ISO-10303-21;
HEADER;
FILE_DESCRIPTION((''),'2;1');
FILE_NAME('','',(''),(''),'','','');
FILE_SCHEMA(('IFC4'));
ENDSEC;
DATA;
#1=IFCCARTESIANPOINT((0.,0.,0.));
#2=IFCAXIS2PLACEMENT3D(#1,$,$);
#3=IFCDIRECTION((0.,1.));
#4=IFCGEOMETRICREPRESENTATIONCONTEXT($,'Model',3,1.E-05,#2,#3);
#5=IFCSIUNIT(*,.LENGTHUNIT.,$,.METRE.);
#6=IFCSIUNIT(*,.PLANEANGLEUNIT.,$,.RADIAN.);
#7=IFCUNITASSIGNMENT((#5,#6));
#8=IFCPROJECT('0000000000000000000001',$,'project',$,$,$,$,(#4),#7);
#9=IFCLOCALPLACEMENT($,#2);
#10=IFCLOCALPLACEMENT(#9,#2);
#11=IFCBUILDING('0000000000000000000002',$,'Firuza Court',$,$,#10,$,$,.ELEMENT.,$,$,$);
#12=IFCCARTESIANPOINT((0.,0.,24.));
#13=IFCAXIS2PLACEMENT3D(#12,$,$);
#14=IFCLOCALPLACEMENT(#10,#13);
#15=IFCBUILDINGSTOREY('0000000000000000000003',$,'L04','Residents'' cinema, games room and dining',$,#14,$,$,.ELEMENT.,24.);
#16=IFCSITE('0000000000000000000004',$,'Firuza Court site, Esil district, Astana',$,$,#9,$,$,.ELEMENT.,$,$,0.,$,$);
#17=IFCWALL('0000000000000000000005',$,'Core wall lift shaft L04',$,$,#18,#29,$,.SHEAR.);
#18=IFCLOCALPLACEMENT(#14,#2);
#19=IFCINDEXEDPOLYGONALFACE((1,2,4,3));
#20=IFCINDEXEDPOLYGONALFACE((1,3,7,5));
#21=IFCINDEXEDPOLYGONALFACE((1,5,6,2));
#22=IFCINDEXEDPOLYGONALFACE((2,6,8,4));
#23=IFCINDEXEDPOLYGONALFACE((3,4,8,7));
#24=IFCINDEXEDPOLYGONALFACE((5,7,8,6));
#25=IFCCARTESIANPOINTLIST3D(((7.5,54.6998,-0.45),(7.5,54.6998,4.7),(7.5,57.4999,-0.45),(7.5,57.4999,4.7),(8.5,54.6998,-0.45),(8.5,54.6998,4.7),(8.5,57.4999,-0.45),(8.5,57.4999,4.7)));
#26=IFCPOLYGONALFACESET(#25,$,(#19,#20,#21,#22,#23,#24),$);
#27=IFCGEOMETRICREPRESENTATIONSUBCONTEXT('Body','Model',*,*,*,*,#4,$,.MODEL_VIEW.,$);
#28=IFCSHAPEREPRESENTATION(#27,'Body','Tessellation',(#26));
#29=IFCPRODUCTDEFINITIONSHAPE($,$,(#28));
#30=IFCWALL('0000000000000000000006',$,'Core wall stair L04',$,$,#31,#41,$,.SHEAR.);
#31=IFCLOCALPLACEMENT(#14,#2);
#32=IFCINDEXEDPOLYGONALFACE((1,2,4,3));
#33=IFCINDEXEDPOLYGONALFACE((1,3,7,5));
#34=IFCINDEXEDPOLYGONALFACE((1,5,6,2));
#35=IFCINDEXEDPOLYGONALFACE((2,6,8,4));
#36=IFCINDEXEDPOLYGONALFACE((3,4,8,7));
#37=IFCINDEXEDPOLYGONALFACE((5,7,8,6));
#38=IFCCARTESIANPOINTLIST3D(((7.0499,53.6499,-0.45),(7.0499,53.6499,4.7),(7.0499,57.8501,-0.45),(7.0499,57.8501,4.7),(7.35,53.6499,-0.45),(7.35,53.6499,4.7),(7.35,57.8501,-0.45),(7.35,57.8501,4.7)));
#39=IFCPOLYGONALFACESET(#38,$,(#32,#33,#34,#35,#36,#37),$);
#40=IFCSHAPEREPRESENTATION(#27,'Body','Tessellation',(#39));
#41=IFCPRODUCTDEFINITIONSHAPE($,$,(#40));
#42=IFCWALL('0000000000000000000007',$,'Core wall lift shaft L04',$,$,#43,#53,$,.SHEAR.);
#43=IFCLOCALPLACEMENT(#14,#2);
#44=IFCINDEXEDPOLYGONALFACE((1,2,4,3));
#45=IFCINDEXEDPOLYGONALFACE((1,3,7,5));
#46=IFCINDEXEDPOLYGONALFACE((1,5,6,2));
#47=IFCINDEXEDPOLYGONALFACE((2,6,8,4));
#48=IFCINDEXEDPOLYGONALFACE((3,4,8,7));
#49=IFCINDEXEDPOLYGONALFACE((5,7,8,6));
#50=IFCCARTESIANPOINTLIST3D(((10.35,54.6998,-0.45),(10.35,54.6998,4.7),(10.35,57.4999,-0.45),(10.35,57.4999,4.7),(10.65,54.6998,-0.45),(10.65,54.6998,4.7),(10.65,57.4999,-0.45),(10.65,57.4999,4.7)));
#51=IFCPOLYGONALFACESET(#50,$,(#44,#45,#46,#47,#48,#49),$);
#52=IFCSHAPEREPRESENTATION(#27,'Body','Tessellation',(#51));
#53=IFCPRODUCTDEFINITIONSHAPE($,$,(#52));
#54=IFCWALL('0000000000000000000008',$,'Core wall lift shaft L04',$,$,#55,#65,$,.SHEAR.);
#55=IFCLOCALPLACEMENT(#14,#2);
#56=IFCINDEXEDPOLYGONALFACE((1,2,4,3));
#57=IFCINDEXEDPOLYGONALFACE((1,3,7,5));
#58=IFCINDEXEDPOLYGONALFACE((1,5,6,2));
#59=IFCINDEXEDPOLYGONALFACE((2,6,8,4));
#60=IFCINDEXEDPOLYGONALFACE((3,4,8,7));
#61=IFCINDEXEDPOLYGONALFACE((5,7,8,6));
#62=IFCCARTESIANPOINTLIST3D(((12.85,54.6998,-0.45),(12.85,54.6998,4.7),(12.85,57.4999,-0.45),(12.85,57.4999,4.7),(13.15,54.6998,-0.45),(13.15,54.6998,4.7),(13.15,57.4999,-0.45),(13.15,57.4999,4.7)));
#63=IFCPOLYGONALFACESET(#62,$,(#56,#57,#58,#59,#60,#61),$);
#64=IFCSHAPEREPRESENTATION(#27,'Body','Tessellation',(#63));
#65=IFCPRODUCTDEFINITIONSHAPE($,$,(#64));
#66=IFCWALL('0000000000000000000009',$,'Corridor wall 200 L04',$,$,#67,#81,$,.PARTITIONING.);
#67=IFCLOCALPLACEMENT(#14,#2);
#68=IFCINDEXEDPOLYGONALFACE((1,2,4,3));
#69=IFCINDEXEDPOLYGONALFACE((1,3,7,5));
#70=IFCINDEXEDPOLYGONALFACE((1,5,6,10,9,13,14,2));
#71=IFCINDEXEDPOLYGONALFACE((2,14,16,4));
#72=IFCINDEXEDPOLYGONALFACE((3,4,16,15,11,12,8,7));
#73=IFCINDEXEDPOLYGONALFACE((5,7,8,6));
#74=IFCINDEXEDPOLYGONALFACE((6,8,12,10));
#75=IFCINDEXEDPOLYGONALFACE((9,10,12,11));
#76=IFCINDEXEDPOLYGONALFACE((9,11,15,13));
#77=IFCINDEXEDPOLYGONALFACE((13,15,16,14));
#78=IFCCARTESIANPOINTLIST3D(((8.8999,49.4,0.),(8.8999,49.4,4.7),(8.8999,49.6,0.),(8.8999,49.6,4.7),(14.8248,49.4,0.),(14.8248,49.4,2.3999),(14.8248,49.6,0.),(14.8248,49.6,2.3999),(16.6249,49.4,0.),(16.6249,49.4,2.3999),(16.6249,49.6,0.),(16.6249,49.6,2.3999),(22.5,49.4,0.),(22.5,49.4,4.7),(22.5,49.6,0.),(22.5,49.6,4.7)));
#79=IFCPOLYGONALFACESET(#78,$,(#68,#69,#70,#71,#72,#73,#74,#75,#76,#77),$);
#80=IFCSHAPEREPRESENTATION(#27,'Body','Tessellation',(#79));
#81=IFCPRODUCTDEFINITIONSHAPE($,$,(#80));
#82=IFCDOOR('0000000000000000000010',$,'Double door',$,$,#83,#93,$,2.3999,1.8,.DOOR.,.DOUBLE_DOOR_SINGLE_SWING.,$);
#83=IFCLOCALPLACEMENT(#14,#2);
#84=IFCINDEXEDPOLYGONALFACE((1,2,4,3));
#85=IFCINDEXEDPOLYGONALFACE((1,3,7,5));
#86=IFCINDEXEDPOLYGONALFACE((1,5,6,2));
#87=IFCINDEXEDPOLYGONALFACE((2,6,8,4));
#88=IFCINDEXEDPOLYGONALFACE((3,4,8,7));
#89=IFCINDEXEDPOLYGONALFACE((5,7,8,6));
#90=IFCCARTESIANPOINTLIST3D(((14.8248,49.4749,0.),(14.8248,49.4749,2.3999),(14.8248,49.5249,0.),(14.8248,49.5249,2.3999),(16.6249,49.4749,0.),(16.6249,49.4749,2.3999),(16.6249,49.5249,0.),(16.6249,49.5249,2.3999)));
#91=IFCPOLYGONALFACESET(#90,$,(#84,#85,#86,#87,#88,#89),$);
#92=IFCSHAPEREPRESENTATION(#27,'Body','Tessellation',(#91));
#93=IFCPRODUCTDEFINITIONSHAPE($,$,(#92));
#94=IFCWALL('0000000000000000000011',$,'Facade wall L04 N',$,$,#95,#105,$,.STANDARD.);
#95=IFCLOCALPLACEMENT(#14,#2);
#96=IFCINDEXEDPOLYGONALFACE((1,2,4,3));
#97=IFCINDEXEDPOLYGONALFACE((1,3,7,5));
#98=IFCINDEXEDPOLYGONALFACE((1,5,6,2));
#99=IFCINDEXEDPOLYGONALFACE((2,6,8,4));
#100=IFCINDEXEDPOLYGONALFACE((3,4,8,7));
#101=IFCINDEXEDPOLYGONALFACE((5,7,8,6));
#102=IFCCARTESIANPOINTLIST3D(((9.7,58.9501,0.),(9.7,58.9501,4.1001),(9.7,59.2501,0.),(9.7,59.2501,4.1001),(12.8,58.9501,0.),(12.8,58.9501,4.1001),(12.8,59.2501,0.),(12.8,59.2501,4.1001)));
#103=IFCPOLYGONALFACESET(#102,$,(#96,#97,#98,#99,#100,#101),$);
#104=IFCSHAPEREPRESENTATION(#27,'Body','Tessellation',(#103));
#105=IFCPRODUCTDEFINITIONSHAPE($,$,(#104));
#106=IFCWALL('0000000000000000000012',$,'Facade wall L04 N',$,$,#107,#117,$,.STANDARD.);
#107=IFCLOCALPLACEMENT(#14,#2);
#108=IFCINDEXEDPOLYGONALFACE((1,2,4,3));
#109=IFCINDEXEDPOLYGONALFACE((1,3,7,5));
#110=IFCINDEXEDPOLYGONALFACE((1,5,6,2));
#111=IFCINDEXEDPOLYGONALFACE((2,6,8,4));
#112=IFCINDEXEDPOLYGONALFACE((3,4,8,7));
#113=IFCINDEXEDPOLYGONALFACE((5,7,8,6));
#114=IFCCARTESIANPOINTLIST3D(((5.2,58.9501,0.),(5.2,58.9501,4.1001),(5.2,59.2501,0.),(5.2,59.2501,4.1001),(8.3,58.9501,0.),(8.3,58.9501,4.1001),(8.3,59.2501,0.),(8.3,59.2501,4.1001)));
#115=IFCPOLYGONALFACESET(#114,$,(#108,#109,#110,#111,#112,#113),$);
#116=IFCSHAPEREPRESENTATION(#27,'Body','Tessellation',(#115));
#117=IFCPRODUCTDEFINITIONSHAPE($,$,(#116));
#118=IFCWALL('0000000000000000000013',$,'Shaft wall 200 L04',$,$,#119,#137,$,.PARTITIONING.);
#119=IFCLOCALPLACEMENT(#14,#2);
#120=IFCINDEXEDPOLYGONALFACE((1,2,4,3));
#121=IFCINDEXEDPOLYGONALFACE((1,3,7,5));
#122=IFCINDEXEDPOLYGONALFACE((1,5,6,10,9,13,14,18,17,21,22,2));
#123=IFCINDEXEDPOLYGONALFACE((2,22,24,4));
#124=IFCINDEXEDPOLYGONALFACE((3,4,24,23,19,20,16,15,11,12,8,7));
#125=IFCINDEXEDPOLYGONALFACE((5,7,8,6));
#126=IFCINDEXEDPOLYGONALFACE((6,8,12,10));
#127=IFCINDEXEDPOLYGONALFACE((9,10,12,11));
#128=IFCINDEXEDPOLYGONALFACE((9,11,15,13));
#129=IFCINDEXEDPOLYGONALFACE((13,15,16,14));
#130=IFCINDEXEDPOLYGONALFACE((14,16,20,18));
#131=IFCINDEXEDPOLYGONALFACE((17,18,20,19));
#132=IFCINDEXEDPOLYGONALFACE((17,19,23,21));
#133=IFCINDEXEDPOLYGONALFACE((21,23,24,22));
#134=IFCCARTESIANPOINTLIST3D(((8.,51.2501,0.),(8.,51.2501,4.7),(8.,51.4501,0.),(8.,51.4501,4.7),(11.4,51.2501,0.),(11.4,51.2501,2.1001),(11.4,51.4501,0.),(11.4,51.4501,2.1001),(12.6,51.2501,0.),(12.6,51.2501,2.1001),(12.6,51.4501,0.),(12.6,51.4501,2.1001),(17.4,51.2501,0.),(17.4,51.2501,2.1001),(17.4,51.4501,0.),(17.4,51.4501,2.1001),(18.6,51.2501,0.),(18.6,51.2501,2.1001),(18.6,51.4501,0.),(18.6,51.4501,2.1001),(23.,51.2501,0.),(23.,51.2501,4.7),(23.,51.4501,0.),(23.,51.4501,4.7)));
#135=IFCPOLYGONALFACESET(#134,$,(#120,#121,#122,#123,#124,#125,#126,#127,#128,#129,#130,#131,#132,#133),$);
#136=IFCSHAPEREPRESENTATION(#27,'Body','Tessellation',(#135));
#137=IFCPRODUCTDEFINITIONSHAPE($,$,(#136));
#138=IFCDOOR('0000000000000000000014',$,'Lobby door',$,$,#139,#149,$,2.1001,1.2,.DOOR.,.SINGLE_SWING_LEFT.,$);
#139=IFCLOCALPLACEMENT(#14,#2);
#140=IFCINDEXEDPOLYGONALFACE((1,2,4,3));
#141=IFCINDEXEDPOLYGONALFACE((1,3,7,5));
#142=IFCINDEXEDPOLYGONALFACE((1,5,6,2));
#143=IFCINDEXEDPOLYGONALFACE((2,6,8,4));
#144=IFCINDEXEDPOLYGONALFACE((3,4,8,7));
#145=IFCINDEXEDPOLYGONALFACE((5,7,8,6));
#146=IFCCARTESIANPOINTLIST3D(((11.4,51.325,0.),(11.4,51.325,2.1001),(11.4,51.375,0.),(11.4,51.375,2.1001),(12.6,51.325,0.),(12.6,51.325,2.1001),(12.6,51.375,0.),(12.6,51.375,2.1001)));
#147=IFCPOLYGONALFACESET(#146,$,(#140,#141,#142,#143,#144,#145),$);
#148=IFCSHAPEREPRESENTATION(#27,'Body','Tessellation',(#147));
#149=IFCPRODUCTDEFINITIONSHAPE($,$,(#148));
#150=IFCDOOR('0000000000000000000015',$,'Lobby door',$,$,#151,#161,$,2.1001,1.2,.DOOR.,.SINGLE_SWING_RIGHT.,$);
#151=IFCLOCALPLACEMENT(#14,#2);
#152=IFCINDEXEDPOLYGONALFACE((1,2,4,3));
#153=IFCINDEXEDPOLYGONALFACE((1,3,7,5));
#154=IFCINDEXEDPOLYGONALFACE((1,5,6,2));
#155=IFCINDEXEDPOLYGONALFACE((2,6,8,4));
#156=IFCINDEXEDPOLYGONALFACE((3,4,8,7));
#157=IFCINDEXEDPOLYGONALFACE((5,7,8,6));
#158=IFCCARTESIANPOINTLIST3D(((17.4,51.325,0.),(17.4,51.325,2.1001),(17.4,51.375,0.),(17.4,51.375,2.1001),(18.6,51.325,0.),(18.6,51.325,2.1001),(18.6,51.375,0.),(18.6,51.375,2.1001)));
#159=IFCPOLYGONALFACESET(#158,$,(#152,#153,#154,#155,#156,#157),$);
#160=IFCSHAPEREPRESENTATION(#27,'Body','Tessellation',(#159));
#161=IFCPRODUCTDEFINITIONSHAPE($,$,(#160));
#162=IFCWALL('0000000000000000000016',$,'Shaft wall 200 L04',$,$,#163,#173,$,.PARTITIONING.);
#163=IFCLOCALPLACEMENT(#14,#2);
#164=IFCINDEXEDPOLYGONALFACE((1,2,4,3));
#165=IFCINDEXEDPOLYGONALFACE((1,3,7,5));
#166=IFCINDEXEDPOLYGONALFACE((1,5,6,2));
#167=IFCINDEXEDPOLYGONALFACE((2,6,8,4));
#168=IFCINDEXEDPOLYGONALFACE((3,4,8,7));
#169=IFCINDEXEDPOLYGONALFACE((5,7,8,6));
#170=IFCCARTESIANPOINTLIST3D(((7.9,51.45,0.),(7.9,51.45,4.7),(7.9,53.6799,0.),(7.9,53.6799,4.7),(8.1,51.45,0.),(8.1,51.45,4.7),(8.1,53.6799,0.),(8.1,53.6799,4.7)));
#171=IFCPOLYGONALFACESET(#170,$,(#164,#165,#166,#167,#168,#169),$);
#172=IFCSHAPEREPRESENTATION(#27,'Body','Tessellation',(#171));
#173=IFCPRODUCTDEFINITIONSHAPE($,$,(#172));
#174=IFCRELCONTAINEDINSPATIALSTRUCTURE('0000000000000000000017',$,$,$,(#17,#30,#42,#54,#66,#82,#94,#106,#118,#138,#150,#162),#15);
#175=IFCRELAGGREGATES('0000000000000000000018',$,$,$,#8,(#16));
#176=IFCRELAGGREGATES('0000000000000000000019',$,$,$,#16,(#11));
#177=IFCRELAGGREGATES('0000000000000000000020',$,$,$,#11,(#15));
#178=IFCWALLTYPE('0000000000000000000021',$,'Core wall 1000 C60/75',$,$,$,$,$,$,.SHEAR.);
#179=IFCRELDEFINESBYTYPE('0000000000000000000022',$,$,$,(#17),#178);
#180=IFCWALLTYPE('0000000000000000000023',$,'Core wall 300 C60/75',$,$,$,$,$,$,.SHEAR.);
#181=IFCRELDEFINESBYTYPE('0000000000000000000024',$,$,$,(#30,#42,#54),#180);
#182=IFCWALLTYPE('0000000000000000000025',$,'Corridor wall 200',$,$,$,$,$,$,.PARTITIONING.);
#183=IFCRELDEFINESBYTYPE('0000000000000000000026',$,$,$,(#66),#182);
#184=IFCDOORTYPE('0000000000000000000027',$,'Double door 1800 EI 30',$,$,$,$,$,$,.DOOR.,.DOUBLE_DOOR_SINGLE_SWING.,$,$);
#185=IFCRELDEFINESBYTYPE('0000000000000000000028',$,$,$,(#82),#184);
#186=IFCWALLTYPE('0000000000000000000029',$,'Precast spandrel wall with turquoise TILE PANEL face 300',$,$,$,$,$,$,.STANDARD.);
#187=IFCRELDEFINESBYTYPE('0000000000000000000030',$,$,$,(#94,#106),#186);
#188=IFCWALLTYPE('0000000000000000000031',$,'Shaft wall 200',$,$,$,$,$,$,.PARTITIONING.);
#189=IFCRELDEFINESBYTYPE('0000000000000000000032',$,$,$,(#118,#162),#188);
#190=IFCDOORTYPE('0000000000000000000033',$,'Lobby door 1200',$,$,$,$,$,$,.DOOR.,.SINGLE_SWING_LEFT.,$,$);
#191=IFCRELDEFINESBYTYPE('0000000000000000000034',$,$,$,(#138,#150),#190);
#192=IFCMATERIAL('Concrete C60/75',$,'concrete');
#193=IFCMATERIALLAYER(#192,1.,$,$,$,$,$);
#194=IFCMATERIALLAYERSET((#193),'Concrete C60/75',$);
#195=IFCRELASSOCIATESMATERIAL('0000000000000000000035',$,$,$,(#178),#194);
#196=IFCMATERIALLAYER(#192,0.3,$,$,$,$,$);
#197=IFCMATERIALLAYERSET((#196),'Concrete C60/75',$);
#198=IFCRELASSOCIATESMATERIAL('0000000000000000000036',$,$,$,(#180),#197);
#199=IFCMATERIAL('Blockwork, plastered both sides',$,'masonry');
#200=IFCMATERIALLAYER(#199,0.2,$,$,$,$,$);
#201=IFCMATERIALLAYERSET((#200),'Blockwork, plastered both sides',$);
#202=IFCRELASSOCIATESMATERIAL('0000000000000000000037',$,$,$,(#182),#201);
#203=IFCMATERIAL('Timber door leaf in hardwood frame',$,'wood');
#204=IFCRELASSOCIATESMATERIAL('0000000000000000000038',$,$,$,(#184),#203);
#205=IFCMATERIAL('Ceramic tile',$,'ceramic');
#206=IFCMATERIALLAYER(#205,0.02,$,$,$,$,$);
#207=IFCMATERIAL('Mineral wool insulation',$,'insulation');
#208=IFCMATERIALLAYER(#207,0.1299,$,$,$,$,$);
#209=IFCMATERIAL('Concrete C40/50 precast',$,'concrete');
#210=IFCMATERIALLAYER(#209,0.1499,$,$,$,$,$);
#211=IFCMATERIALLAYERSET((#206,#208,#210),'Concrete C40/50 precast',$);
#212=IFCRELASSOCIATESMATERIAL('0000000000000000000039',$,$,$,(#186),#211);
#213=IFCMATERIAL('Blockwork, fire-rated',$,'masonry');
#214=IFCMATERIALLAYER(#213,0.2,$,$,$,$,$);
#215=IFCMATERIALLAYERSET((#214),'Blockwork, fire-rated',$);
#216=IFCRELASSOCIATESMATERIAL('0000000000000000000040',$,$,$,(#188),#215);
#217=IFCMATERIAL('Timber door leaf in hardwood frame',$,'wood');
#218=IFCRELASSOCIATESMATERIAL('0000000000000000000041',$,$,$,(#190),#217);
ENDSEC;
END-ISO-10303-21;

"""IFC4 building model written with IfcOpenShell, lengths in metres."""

from ifc_helpers import new_model, si_unit, direction, frame, frame_2d, origin, place, context, subcontext, project, spatial, rectangle, extrude, material, layer, layer_set, type_object, element, fill, save


model = new_model("IFC4")

# Units and contexts
model_context = context("Model", 3, precision=1e-05, world=origin(), true_north=direction((0.0, 1.0)))
body_context = subcontext(model_context, "Body", "Model", "MODEL_VIEW")
ifc_project = project(units=[si_unit("LENGTHUNIT", "METRE"), si_unit("PLANEANGLEUNIT", "RADIAN")], contexts=[model_context])

# Site, building, storey
site_placement = place(None, origin())
site = spatial("IfcSite", under=ifc_project, at=site_placement, Name="Firuza Court site, Esil district, Astana", CompositionType="ELEMENT", RefElevation=0.0)
building_placement = place(site_placement, origin())
building = spatial("IfcBuilding", under=site, at=building_placement, Name="Firuza Court", CompositionType="ELEMENT")
storey_placement = place(building_placement, frame((0.0, 0.0, 24.0)))
storey = spatial("IfcBuildingStorey", under=building, at=storey_placement, Name="L04", Description="Residents' cinema, games room and dining", CompositionType="ELEMENT", Elevation=24.0)

# Shared definitions
ifc_material_1 = material(Name="Concrete C60/75", Category="concrete")
ifc_layer_1 = layer(ifc_material_1, 1.0)
ifc_layer_set_1 = layer_set([ifc_layer_1], Name="Concrete C60/75")
wall_type_1 = type_object("IfcWallType", Name="Core wall 1000 C60/75", PredefinedType="SHEAR", material=ifc_layer_set_1)

# Walls
wall_1_placement = place(storey_placement, frame((8.0, 54.7, -0.45), z_axis=(0.0, 0.0, 1.0), x_axis=(0.0, 1.0, 0.0)))
element("IfcWall", 1, at=wall_1_placement, inside=storey, type_object=wall_type_1, Name="Core wall lift shaft L04", PredefinedType="SHEAR", context=body_context, shape_type="SweptSolid", body=[
    extrude(rectangle(XDim=2.8, YDim=1.0, at=frame_2d((1.3999, 0.0))), origin(), (0.0, 0.0, 1.0), 5.1499),
])
ifc_layer_2 = layer(ifc_material_1, 0.3)
ifc_layer_set_2 = layer_set([ifc_layer_2], Name="Concrete C60/75")
wall_type_2 = type_object("IfcWallType", Name="Core wall 300 C60/75", PredefinedType="SHEAR", material=ifc_layer_set_2)
wall_2_placement = place(storey_placement, frame((7.2, 53.6499, -0.45), z_axis=(0.0, 0.0, 1.0), x_axis=(0.0, 1.0, 0.0)))
element("IfcWall", 2, at=wall_2_placement, inside=storey, type_object=wall_type_2, Name="Core wall stair L04", PredefinedType="SHEAR", context=body_context, shape_type="SweptSolid", body=[
    extrude(rectangle(XDim=4.2002, YDim=0.3, at=frame_2d((2.1001, 0.0))), origin(), (0.0, 0.0, 1.0), 5.1499),
])
for number, where, z_axis, x_axis, name in (
    (3, (10.5, 54.7, -0.45), (0.0, 0.0, 1.0), (0.0, 1.0, 0.0), "Core wall lift shaft L04"),
    (4, (13.0, 54.7, -0.45), (0.0, 0.0, 1.0), (0.0, 1.0, 0.0), "Core wall lift shaft L04"),
):
    element("IfcWall", number, at=place(storey_placement, frame(where, z_axis=z_axis, x_axis=x_axis)), inside=storey, type_object=wall_type_2, Name=name, PredefinedType="SHEAR", context=body_context, shape_type="SweptSolid", body=[
        extrude(rectangle(XDim=2.8, YDim=0.3, at=frame_2d((1.3999, 0.0))), origin(), (0.0, 0.0, 1.0), 5.1499),
    ])

# Wall, opening, door
ifc_material_2 = material(Name="Blockwork, plastered both sides", Category="masonry")
ifc_layer_3 = layer(ifc_material_2, 0.2)
ifc_layer_set_3 = layer_set([ifc_layer_3], Name="Blockwork, plastered both sides")
wall_type_3 = type_object("IfcWallType", Name="Corridor wall 200", PredefinedType="PARTITIONING", material=ifc_layer_set_3)
wall_3_placement = place(storey_placement, frame((8.8999, 49.5, 0.0), z_axis=(0.0, 0.0, 1.0), x_axis=(1.0, 0.0, 0.0)))
wall_3 = element("IfcWall", 5, at=wall_3_placement, inside=storey, type_object=wall_type_3, Name="Corridor wall 200 L04", PredefinedType="PARTITIONING", context=body_context, shape_type="SweptSolid", body=[
    extrude(rectangle(XDim=13.6001, YDim=0.2, at=frame_2d((6.8, 0.0))), origin(), (0.0, 0.0, 1.0), 4.7),
])
opening_1_placement = place(wall_3_placement, frame((5.925, 0.0, 0.0)))
opening_1 = element("IfcOpeningElement", 6, at=opening_1_placement, cuts=wall_3, PredefinedType="OPENING", context=body_context, shape_type="SweptSolid", body=[
    extrude(rectangle(XDim=1.8, YDim=2.3999, at=frame_2d((0.8999, 1.2))), frame((0.0, 0.1118, 0.0), z_axis=(0.0, -1.0, 0.0), x_axis=(1.0, 0.0, 0.0)), (0.0, 0.0, 1.0), 0.2239),
])
ifc_material_3 = material(Name="Timber door leaf in hardwood frame", Category="wood")
door_type_1 = type_object("IfcDoorType", Name="Double door 1800 EI 30", OperationType="DOUBLE_DOOR_SINGLE_SWING", PredefinedType="DOOR", material=ifc_material_3)
door_1_placement = place(opening_1_placement, origin())
door_1 = element("IfcDoor", 7, at=door_1_placement, inside=storey, type_object=door_type_1, Name="Double door", OperationType="DOUBLE_DOOR_SINGLE_SWING", OverallHeight=2.3999, OverallWidth=1.8, PredefinedType="DOOR", context=body_context, shape_type="SweptSolid", body=[
    extrude(rectangle(XDim=1.8, YDim=2.3999, at=frame_2d((0.8999, 1.2))), frame((0.0, 0.0249, 0.0), z_axis=(0.0, -1.0, 0.0), x_axis=(1.0, 0.0, 0.0)), (0.0, 0.0, 1.0), 0.05),
])
fill(opening_1, door_1)

# Walls
ifc_material_4 = material(Name="Ceramic tile", Category="ceramic")
ifc_layer_4 = layer(ifc_material_4, 0.02)
ifc_material_5 = material(Name="Mineral wool insulation", Category="insulation")
ifc_layer_5 = layer(ifc_material_5, 0.1299)
ifc_material_6 = material(Name="Concrete C40/50 precast", Category="concrete")
ifc_layer_6 = layer(ifc_material_6, 0.1499)
ifc_layer_set_4 = layer_set([ifc_layer_4, ifc_layer_5, ifc_layer_6], Name="Concrete C40/50 precast")
wall_type_4 = type_object("IfcWallType", Name="Precast spandrel wall with turquoise TILE PANEL face 300", PredefinedType="STANDARD", material=ifc_layer_set_4)
for number, where, z_axis, x_axis, name in (
    (8, (12.8, 59.1001, 0.0), (0.0, 0.0, 1.0), (-1.0, 0.0, 0.0), "Facade wall L04 N"),
    (9, (8.3, 59.1001, 0.0), (0.0, 0.0, 1.0), (-1.0, 0.0, 0.0), "Facade wall L04 N"),
):
    element("IfcWall", number, at=place(storey_placement, frame(where, z_axis=z_axis, x_axis=x_axis)), inside=storey, type_object=wall_type_4, Name=name, PredefinedType="STANDARD", context=body_context, shape_type="SweptSolid", body=[
        extrude(rectangle(XDim=3.1001, YDim=0.3, at=frame_2d((1.55, 0.0))), origin(), (0.0, 0.0, 1.0), 4.1001),
    ])

# Wall, openings, doors
ifc_material_7 = material(Name="Blockwork, fire-rated", Category="masonry")
ifc_layer_7 = layer(ifc_material_7, 0.2)
ifc_layer_set_5 = layer_set([ifc_layer_7], Name="Blockwork, fire-rated")
wall_type_5 = type_object("IfcWallType", Name="Shaft wall 200", PredefinedType="PARTITIONING", material=ifc_layer_set_5)
wall_4_placement = place(storey_placement, frame((8.0, 51.3501, 0.0), z_axis=(0.0, 0.0, 1.0), x_axis=(1.0, 0.0, 0.0)))
wall_4 = element("IfcWall", 10, at=wall_4_placement, inside=storey, type_object=wall_type_5, Name="Shaft wall 200 L04", PredefinedType="PARTITIONING", context=body_context, shape_type="SweptSolid", body=[
    extrude(rectangle(XDim=15.0, YDim=0.2, at=frame_2d((7.5, 0.0))), origin(), (0.0, 0.0, 1.0), 4.7),
])
opening_2_placement = place(wall_4_placement, frame((3.3999, 0.0, 0.0)))
opening_2 = element("IfcOpeningElement", 11, at=opening_2_placement, cuts=wall_4, PredefinedType="OPENING", context=body_context, shape_type="SweptSolid", body=[
    extrude(rectangle(XDim=1.2, YDim=2.1001, at=frame_2d((0.6001, 1.05))), frame((0.0, 0.1118, 0.0), z_axis=(0.0, -1.0, 0.0), x_axis=(1.0, 0.0, 0.0)), (0.0, 0.0, 1.0), 0.2239),
])
opening_3_placement = place(wall_4_placement, frame((9.3999, 0.0, 0.0)))
opening_3 = element("IfcOpeningElement", 12, at=opening_3_placement, cuts=wall_4, PredefinedType="OPENING", context=body_context, shape_type="SweptSolid", body=[
    extrude(rectangle(XDim=1.2, YDim=2.1001, at=frame_2d((0.6001, 1.05))), frame((0.0, 0.1118, 0.0), z_axis=(0.0, -1.0, 0.0), x_axis=(1.0, 0.0, 0.0)), (0.0, 0.0, 1.0), 0.2239),
])
ifc_material_8 = material(Name="Timber door leaf in hardwood frame", Category="wood")
door_type_2 = type_object("IfcDoorType", Name="Lobby door 1200", OperationType="SINGLE_SWING_LEFT", PredefinedType="DOOR", material=ifc_material_8)
door_2_placement = place(opening_2_placement, origin())
door_2 = element("IfcDoor", 13, at=door_2_placement, inside=storey, type_object=door_type_2, Name="Lobby door", OperationType="SINGLE_SWING_LEFT", OverallHeight=2.1001, OverallWidth=1.2, PredefinedType="DOOR", context=body_context, shape_type="SweptSolid", body=[
    extrude(rectangle(XDim=1.2, YDim=2.1001, at=frame_2d((0.6001, 1.05))), frame((0.0, 0.0249, 0.0), z_axis=(0.0, -1.0, 0.0), x_axis=(1.0, 0.0, 0.0)), (0.0, 0.0, 1.0), 0.05),
])
fill(opening_2, door_2)
door_3_placement = place(opening_3_placement, origin())
door_3 = element("IfcDoor", 14, at=door_3_placement, inside=storey, type_object=door_type_2, Name="Lobby door", OperationType="SINGLE_SWING_RIGHT", OverallHeight=2.1001, OverallWidth=1.2, PredefinedType="DOOR", context=body_context, shape_type="SweptSolid", body=[
    extrude(rectangle(XDim=1.2, YDim=2.1001, at=frame_2d((0.6001, 1.05))), frame((0.0, 0.0249, 0.0), z_axis=(0.0, -1.0, 0.0), x_axis=(1.0, 0.0, 0.0)), (0.0, 0.0, 1.0), 0.05),
])
fill(opening_3, door_3)

# Wall
wall_5_placement = place(storey_placement, frame((8.0, 51.45, 0.0), z_axis=(0.0, 0.0, 1.0), x_axis=(0.0, 1.0, 0.0)))
element("IfcWall", 15, at=wall_5_placement, inside=storey, type_object=wall_type_5, Name="Shaft wall 200 L04", PredefinedType="PARTITIONING", context=body_context, shape_type="SweptSolid", body=[
    extrude(rectangle(XDim=2.23, YDim=0.2, at=frame_2d((1.115, 0.0))), origin(), (0.0, 0.0, 1.0), 4.7),
])

save(model, "model.ifc")
